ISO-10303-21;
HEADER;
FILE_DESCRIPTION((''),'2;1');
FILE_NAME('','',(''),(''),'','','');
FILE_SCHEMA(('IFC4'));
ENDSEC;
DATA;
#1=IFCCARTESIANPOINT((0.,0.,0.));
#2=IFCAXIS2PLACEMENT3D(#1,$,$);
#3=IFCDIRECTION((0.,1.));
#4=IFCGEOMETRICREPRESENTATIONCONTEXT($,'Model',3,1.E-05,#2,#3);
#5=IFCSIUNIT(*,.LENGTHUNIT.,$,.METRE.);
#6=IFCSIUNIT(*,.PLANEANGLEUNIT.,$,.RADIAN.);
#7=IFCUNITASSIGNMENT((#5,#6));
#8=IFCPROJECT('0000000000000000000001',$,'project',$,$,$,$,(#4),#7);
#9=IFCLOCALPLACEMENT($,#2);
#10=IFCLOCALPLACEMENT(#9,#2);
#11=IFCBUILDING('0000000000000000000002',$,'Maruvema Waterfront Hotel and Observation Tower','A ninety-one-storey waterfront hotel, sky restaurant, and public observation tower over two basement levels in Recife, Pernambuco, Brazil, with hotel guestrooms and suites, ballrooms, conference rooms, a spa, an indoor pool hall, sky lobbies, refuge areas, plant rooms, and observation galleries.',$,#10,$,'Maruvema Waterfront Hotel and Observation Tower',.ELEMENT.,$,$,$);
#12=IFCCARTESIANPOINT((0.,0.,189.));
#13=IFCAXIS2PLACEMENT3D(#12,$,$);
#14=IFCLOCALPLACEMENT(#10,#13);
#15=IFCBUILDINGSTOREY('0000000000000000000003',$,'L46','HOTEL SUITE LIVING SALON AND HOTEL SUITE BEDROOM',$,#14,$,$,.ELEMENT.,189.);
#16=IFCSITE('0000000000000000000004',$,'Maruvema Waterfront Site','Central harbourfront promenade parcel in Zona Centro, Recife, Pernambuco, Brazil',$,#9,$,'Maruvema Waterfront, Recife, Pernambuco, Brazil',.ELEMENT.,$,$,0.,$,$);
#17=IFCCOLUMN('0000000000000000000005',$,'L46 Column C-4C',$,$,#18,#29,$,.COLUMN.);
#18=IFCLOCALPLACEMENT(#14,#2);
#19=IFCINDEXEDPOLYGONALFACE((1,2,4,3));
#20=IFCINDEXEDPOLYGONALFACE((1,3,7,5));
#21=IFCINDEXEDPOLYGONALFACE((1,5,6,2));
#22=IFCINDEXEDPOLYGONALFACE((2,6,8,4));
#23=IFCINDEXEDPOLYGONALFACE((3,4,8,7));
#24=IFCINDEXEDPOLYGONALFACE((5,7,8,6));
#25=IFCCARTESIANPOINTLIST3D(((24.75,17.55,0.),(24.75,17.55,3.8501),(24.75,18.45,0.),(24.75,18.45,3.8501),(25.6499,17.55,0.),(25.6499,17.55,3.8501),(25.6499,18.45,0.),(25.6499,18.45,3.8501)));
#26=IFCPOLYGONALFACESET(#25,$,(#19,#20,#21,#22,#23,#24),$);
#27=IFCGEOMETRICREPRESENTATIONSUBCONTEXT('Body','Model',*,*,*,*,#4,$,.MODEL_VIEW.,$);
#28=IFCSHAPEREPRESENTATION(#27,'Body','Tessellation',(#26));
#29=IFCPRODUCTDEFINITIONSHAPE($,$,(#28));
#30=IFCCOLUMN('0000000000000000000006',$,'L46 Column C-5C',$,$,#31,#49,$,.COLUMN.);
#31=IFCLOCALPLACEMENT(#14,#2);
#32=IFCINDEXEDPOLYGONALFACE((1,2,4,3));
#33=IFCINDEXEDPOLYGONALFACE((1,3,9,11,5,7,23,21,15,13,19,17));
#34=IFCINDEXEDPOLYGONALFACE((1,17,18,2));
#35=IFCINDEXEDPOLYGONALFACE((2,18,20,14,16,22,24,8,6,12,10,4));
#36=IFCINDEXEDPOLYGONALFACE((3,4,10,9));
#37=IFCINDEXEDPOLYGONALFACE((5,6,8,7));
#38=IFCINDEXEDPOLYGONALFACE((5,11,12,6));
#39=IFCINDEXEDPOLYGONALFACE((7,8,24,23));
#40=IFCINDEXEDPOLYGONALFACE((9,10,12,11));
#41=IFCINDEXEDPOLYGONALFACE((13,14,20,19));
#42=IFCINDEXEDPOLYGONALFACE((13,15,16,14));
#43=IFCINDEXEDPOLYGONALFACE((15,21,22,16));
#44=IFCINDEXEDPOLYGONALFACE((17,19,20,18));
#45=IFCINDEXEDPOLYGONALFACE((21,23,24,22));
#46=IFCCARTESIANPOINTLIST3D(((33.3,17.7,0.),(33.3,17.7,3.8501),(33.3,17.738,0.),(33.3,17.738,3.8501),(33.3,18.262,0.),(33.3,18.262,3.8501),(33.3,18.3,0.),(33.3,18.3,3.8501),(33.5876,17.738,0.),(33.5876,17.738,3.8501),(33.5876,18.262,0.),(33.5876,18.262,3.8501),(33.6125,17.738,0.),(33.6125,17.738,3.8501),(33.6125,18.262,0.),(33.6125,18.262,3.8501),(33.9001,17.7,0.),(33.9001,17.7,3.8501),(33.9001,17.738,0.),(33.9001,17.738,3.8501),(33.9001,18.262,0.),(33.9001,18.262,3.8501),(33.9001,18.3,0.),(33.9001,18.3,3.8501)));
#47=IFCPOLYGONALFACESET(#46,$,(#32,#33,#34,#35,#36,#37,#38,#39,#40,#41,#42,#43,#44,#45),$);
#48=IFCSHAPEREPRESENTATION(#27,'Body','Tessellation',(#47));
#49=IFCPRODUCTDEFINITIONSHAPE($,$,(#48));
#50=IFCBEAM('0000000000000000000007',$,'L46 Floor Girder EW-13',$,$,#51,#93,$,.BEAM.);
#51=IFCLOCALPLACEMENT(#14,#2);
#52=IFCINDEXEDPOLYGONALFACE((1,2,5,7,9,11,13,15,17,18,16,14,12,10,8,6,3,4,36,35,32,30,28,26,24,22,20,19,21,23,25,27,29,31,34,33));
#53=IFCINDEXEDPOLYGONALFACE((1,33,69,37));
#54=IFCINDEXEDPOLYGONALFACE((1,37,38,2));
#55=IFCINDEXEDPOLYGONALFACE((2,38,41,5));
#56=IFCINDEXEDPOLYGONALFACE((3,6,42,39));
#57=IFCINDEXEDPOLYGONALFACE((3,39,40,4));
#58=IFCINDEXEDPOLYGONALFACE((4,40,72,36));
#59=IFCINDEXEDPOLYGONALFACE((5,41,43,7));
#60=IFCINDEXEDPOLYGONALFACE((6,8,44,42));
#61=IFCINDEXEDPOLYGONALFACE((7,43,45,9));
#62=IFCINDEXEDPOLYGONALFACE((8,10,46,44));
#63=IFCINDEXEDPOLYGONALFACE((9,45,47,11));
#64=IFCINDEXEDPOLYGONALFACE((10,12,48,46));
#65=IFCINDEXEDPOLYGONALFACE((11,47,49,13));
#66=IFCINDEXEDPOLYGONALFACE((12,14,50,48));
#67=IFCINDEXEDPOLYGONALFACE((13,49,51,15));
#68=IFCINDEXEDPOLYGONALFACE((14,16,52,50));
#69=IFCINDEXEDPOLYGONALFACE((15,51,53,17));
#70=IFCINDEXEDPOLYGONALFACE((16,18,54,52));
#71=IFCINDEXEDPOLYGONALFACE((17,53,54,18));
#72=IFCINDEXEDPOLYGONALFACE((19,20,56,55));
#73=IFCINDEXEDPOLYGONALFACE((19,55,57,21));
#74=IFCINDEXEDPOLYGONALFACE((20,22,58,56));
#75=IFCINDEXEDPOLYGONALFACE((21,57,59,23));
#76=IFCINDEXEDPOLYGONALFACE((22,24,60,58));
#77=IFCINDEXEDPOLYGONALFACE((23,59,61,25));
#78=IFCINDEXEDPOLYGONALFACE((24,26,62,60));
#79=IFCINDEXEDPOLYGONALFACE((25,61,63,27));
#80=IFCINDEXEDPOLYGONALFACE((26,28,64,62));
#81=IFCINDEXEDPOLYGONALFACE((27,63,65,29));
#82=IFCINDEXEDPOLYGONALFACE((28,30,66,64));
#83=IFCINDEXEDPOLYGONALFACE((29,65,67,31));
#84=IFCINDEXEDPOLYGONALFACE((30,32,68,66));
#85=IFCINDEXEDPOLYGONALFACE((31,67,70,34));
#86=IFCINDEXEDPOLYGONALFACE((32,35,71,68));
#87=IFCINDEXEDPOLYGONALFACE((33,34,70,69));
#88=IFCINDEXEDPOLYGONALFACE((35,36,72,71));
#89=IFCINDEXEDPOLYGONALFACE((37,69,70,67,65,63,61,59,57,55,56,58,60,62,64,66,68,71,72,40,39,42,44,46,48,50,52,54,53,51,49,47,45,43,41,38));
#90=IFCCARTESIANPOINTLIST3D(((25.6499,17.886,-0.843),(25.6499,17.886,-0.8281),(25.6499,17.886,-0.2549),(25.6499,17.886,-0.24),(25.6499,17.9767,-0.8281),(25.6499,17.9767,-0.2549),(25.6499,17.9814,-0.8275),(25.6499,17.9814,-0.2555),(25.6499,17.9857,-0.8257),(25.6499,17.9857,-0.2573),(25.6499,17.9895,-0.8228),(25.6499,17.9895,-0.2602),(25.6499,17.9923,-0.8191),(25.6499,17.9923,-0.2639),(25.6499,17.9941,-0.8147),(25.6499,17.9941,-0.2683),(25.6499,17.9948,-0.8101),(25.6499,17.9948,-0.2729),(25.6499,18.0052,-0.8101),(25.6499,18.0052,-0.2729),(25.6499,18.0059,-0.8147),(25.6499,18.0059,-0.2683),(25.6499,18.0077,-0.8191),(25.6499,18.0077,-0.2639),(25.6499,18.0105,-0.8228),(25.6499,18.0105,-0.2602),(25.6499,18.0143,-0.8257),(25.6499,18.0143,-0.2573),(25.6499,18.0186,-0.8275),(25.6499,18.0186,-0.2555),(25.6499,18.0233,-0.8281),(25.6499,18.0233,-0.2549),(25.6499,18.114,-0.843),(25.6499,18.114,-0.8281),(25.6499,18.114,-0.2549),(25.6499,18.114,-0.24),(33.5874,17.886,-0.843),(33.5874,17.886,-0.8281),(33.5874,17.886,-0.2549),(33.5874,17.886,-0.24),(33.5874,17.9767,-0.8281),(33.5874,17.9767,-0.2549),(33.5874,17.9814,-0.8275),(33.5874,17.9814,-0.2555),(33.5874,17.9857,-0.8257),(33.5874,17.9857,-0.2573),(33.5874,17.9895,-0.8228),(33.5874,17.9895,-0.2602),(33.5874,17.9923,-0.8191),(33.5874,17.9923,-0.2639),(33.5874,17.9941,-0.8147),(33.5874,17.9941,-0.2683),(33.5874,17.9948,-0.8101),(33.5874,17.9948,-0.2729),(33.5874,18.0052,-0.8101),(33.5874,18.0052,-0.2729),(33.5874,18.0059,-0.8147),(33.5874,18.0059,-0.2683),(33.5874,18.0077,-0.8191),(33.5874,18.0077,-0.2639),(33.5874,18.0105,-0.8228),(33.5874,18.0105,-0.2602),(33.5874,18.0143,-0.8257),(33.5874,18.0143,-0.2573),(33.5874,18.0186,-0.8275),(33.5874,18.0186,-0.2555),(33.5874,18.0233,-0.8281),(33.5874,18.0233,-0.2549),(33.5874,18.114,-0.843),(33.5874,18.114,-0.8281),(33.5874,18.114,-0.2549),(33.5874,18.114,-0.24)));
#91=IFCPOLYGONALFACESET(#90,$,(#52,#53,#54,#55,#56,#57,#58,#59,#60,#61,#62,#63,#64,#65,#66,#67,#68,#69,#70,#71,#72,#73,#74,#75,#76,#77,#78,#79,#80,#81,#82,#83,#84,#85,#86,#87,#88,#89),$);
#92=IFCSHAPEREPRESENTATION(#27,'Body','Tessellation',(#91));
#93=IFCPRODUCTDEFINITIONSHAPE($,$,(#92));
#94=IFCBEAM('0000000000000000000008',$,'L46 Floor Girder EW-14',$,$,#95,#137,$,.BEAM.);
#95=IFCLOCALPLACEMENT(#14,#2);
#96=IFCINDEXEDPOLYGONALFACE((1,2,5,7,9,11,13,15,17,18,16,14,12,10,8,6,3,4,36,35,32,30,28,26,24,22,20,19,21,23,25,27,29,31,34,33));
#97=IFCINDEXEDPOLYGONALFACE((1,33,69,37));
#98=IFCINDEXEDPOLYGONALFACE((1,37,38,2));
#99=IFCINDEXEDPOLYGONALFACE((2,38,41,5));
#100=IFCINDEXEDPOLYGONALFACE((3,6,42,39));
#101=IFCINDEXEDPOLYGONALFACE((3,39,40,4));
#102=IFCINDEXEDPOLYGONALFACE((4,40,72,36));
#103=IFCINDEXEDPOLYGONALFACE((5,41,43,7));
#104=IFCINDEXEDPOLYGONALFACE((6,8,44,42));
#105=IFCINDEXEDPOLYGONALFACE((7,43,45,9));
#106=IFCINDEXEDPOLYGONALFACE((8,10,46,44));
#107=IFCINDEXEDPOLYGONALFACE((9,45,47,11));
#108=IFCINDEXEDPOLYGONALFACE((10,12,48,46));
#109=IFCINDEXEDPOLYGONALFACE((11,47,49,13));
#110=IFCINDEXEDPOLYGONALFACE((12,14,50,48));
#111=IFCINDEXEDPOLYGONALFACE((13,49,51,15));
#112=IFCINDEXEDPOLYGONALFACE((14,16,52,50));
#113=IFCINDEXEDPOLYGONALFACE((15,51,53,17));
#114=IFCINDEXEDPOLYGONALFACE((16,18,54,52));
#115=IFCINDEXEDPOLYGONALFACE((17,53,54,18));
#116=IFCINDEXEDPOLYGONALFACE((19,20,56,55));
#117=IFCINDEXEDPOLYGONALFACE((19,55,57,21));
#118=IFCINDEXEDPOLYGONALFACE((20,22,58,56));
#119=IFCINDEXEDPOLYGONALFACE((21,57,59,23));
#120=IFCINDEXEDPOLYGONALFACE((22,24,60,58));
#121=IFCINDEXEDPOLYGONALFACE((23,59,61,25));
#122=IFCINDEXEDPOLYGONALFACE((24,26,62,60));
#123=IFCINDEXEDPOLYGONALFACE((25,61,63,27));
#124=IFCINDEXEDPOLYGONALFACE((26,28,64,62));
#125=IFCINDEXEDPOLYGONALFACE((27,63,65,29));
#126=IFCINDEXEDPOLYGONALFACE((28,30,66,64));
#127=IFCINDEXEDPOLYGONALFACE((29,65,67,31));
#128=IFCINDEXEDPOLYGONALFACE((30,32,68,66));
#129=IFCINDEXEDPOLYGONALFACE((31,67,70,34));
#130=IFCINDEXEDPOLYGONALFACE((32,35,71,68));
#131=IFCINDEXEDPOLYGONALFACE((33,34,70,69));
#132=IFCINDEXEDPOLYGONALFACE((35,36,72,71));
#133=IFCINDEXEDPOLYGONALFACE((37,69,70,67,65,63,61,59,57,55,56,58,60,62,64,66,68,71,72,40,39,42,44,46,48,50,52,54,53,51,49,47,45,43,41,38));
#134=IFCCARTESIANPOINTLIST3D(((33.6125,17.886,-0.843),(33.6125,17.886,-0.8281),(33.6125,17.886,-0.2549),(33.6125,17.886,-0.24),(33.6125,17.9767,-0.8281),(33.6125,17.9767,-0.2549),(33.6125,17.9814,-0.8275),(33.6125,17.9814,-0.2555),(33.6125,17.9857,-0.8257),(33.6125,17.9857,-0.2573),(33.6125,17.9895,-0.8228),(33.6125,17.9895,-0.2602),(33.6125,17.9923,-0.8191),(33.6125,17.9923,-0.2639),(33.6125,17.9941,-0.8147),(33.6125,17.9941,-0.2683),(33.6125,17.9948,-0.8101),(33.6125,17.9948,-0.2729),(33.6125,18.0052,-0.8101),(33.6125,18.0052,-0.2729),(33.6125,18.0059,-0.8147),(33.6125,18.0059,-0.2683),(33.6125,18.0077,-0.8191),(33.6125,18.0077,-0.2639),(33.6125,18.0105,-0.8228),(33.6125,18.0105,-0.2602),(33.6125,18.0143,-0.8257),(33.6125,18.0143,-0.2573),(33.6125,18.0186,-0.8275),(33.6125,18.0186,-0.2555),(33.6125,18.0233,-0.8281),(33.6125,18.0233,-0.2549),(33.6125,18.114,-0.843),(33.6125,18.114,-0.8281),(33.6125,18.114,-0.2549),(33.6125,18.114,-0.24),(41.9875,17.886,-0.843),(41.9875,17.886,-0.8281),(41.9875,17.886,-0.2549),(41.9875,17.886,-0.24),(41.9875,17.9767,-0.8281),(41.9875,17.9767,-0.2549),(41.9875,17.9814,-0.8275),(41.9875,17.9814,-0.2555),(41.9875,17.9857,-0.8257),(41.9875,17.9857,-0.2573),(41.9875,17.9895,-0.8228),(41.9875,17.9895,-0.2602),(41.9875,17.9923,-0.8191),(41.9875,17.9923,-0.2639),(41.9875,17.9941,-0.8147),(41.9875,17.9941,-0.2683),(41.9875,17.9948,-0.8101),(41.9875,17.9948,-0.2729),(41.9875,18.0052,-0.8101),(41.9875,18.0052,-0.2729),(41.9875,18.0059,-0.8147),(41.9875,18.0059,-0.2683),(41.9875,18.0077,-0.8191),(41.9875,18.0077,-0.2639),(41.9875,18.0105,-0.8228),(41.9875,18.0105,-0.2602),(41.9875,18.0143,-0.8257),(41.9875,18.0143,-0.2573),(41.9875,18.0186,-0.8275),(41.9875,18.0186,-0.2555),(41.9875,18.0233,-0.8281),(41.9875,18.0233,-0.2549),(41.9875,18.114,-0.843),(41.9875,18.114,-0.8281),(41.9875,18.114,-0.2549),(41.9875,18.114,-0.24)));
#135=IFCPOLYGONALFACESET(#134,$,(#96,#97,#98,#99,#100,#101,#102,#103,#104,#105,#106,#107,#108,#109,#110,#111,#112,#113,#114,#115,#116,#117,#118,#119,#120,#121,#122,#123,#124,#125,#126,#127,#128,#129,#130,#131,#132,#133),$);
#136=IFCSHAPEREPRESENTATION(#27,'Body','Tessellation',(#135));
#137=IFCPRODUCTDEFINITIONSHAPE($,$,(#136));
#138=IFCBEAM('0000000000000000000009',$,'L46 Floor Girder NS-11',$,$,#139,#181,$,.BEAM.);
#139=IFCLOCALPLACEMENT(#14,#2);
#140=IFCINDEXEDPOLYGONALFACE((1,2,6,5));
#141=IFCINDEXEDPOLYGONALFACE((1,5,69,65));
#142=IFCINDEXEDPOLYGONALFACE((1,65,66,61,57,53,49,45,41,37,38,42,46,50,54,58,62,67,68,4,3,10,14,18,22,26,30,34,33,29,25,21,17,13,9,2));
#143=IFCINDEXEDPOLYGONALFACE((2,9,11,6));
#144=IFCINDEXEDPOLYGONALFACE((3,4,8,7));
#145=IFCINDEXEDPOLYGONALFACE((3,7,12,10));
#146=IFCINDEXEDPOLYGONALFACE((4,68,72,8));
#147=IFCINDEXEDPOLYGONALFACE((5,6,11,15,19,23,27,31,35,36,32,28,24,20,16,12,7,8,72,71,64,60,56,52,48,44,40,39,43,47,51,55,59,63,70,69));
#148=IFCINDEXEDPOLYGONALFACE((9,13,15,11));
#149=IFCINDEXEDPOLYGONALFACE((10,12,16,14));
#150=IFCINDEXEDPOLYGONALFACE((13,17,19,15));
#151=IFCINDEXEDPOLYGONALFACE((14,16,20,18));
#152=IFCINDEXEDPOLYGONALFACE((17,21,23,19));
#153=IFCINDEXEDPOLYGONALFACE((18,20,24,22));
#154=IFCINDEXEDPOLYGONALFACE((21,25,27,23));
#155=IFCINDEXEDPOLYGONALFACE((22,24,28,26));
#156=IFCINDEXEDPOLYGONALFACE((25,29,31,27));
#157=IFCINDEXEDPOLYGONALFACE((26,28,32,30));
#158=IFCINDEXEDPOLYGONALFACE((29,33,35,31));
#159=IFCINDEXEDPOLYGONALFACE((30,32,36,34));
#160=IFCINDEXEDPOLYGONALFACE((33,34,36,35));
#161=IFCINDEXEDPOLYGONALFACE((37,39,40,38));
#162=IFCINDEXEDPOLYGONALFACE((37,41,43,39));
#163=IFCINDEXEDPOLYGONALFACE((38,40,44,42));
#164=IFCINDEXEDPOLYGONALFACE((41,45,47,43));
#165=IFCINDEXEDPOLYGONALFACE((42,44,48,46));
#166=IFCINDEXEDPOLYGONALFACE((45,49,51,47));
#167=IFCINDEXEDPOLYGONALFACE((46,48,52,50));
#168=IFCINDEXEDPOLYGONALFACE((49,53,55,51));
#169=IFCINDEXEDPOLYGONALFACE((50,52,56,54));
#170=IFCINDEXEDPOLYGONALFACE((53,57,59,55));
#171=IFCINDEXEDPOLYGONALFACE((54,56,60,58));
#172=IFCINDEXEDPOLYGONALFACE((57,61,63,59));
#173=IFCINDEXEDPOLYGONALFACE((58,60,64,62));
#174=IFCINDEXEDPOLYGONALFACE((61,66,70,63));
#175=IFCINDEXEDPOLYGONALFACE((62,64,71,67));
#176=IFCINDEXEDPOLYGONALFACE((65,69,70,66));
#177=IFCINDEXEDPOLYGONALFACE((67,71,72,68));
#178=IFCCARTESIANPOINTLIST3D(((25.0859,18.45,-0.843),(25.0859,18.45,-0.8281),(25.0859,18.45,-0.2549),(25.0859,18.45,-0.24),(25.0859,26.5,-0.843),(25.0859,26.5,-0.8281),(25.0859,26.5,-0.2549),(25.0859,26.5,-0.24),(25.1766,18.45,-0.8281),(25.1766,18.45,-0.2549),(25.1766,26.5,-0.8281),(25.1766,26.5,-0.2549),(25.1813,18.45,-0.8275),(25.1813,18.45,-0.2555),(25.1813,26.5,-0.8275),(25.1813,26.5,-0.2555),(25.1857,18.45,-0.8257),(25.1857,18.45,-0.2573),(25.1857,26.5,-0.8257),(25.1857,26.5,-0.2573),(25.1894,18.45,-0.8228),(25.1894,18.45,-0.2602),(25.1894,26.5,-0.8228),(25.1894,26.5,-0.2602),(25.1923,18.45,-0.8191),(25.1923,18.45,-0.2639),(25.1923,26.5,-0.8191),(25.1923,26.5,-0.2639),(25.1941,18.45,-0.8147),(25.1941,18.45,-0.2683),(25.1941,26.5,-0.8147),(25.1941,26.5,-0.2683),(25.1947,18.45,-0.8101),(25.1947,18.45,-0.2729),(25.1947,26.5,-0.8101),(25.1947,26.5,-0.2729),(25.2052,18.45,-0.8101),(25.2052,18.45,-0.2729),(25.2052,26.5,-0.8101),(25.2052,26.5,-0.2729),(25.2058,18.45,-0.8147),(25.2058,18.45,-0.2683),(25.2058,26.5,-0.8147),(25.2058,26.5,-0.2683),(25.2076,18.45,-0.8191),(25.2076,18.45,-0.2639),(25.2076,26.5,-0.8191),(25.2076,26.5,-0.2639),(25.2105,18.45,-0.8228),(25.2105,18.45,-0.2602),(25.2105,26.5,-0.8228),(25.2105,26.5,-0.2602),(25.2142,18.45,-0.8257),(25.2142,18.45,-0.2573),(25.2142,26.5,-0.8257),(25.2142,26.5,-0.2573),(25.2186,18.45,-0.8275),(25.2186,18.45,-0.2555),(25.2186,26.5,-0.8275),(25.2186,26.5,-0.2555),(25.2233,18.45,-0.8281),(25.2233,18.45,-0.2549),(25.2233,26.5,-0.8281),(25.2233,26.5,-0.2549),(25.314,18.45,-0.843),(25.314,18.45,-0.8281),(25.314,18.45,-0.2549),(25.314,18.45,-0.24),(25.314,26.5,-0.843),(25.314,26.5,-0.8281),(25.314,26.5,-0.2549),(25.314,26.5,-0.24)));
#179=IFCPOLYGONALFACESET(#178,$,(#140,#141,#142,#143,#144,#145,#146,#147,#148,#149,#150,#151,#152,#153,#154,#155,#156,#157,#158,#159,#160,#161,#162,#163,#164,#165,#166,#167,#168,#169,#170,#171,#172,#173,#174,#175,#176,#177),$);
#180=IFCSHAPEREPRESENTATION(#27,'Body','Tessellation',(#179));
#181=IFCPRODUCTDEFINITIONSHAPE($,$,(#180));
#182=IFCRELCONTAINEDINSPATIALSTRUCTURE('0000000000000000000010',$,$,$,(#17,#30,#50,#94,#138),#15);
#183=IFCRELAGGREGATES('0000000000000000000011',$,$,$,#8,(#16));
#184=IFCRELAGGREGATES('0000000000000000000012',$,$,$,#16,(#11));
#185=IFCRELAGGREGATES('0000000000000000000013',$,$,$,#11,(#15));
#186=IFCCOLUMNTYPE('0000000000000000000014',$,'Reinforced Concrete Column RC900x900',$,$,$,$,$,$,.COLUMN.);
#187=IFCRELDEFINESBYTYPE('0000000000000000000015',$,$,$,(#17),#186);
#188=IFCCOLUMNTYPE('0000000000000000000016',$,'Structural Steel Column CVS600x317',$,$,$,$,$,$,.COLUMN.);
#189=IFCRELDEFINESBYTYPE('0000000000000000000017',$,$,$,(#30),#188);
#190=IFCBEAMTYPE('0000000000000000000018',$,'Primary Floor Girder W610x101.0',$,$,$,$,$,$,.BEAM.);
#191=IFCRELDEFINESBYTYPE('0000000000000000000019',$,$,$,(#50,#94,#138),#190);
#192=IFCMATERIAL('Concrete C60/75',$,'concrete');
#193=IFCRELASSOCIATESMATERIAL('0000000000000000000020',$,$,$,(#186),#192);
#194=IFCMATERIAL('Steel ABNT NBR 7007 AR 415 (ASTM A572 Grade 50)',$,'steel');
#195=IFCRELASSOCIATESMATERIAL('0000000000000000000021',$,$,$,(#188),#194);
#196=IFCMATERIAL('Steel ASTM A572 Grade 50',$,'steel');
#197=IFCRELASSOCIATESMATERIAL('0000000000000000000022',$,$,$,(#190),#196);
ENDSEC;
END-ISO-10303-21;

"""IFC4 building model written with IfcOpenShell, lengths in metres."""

from ifc_helpers import new_model, si_unit, direction, frame, origin, origin_2d, place, context, subcontext, project, spatial, rectangle, i_section, extrude, material, material_profile, profile_set, type_object, element, save


model = new_model("IFC4")

# Units and contexts
model_context = context("Model", 3, precision=1e-05, world=origin(), true_north=direction((0.0, 1.0)))
body_context = subcontext(model_context, "Body", "Model", "MODEL_VIEW")
ifc_project = project(units=[si_unit("LENGTHUNIT", "METRE"), si_unit("PLANEANGLEUNIT", "RADIAN")], contexts=[model_context])

# Site, building, storey
site_placement = place(None, origin())
site = spatial("IfcSite", under=ifc_project, at=site_placement, Name="Maruvema Waterfront Site", Description="Central harbourfront promenade parcel in Zona Centro, Recife, Pernambuco, Brazil", LongName="Maruvema Waterfront, Recife, Pernambuco, Brazil", CompositionType="ELEMENT", RefElevation=0.0)
building_placement = place(site_placement, origin())
building = spatial("IfcBuilding", under=site, at=building_placement, Name="Maruvema Waterfront Hotel and Observation Tower", Description="A ninety-one-storey waterfront hotel, sky restaurant, and public observation tower over two basement levels in Recife, Pernambuco, Brazil, with hotel guestrooms and suites, ballrooms, conference rooms, a spa, an indoor pool hall, sky lobbies, refuge areas, plant rooms, and observation galleries.", LongName="Maruvema Waterfront Hotel and Observation Tower", CompositionType="ELEMENT")
storey_placement = place(building_placement, frame((0.0, 0.0, 189.0)))
storey = spatial("IfcBuildingStorey", under=building, at=storey_placement, Name="L46", Description="HOTEL SUITE LIVING SALON AND HOTEL SUITE BEDROOM", CompositionType="ELEMENT", Elevation=189.0)

# Columns
ifc_material_1 = material(Name="Concrete C60/75", Category="concrete")
ifc_material_profile_1 = material_profile(ifc_material_1, rectangle(XDim=0.8999, YDim=0.8999, at=origin_2d()), Name="RC900x900")
ifc_profile_set_1 = profile_set([ifc_material_profile_1], Name="Concrete C60/75")
column_type_1 = type_object("IfcColumnType", Name="Reinforced Concrete Column RC900x900", PredefinedType="COLUMN", material=ifc_profile_set_1)
column_1_placement = place(storey_placement, frame((25.2, 18.0, 0.0), z_axis=(0.0, 0.0, 1.0), x_axis=(1.0, 0.0, 0.0)))
element("IfcColumn", 1, at=column_1_placement, inside=storey, type_object=column_type_1, Name="L46 Column C-4C", PredefinedType="COLUMN", context=body_context, shape_type="SweptSolid", body=[
    extrude(rectangle(XDim=0.8999, YDim=0.8999, at=origin_2d()), origin(), (0.0, 0.0, 1.0), 3.8501),
])
ifc_material_2 = material(Name="Steel ABNT NBR 7007 AR 415 (ASTM A572 Grade 50)", Category="steel")
ifc_material_profile_2 = material_profile(ifc_material_2, i_section(OverallWidth=0.6001, OverallDepth=0.6001, WebThickness=0.0249, FlangeThickness=0.0381, at=origin_2d()), Name="CVS600x317")
ifc_profile_set_2 = profile_set([ifc_material_profile_2], Name="Steel ABNT NBR 7007 AR 415 (ASTM A572 Grade 50)")
column_type_2 = type_object("IfcColumnType", Name="Structural Steel Column CVS600x317", PredefinedType="COLUMN", material=ifc_profile_set_2)
column_2_placement = place(storey_placement, frame((33.6001, 18.0, 0.0), z_axis=(0.0, 0.0, 1.0), x_axis=(1.0, 0.0, 0.0)))
element("IfcColumn", 2, at=column_2_placement, inside=storey, type_object=column_type_2, Name="L46 Column C-5C", PredefinedType="COLUMN", context=body_context, shape_type="SweptSolid", body=[
    extrude(i_section(OverallWidth=0.6001, OverallDepth=0.6001, WebThickness=0.0249, FlangeThickness=0.0381, at=origin_2d()), origin(), (0.0, 0.0, 1.0), 3.8501),
])

# Beams
ifc_material_3 = material(Name="Steel ASTM A572 Grade 50", Category="steel")
ifc_material_profile_3 = material_profile(ifc_material_3, i_section(OverallWidth=0.228, OverallDepth=0.603, WebThickness=0.0105, FlangeThickness=0.0149, FilletRadius=0.0181, at=origin_2d()), Name="W610x101.0")
ifc_profile_set_3 = profile_set([ifc_material_profile_3], Name="Steel ASTM A572 Grade 50")
beam_type = type_object("IfcBeamType", Name="Primary Floor Girder W610x101.0", PredefinedType="BEAM", material=ifc_profile_set_3)
beam_1_placement = place(storey_placement, frame((25.6499, 18.0, -0.5415), z_axis=(1.0, 0.0, 0.0), x_axis=(0.0, 1.0, 0.0)))
element("IfcBeam", 3, at=beam_1_placement, inside=storey, type_object=beam_type, Name="L46 Floor Girder EW-13", PredefinedType="BEAM", context=body_context, shape_type="SweptSolid", body=[
    extrude(i_section(OverallWidth=0.228, OverallDepth=0.603, WebThickness=0.0105, FlangeThickness=0.0149, FilletRadius=0.0181, at=origin_2d()), origin(), (0.0, 0.0, 1.0), 7.9375),
])
beam_2_placement = place(storey_placement, frame((33.6125, 18.0, -0.5415), z_axis=(1.0, 0.0, 0.0), x_axis=(0.0, 1.0, 0.0)))
element("IfcBeam", 4, at=beam_2_placement, inside=storey, type_object=beam_type, Name="L46 Floor Girder EW-14", PredefinedType="BEAM", context=body_context, shape_type="SweptSolid", body=[
    extrude(i_section(OverallWidth=0.228, OverallDepth=0.603, WebThickness=0.0105, FlangeThickness=0.0149, FilletRadius=0.0181, at=origin_2d()), origin(), (0.0, 0.0, 1.0), 8.375),
])
beam_3_placement = place(storey_placement, frame((25.2, 18.45, -0.5415), z_axis=(0.0, 1.0, 0.0), x_axis=(-1.0, 0.0, 0.0)))
element("IfcBeam", 5, at=beam_3_placement, inside=storey, type_object=beam_type, Name="L46 Floor Girder NS-11", PredefinedType="BEAM", context=body_context, shape_type="SweptSolid", body=[
    extrude(i_section(OverallWidth=0.228, OverallDepth=0.603, WebThickness=0.0105, FlangeThickness=0.0149, FilletRadius=0.0181, at=origin_2d()), origin(), (0.0, 0.0, 1.0), 8.05),
])

save(model, "model.ifc")
